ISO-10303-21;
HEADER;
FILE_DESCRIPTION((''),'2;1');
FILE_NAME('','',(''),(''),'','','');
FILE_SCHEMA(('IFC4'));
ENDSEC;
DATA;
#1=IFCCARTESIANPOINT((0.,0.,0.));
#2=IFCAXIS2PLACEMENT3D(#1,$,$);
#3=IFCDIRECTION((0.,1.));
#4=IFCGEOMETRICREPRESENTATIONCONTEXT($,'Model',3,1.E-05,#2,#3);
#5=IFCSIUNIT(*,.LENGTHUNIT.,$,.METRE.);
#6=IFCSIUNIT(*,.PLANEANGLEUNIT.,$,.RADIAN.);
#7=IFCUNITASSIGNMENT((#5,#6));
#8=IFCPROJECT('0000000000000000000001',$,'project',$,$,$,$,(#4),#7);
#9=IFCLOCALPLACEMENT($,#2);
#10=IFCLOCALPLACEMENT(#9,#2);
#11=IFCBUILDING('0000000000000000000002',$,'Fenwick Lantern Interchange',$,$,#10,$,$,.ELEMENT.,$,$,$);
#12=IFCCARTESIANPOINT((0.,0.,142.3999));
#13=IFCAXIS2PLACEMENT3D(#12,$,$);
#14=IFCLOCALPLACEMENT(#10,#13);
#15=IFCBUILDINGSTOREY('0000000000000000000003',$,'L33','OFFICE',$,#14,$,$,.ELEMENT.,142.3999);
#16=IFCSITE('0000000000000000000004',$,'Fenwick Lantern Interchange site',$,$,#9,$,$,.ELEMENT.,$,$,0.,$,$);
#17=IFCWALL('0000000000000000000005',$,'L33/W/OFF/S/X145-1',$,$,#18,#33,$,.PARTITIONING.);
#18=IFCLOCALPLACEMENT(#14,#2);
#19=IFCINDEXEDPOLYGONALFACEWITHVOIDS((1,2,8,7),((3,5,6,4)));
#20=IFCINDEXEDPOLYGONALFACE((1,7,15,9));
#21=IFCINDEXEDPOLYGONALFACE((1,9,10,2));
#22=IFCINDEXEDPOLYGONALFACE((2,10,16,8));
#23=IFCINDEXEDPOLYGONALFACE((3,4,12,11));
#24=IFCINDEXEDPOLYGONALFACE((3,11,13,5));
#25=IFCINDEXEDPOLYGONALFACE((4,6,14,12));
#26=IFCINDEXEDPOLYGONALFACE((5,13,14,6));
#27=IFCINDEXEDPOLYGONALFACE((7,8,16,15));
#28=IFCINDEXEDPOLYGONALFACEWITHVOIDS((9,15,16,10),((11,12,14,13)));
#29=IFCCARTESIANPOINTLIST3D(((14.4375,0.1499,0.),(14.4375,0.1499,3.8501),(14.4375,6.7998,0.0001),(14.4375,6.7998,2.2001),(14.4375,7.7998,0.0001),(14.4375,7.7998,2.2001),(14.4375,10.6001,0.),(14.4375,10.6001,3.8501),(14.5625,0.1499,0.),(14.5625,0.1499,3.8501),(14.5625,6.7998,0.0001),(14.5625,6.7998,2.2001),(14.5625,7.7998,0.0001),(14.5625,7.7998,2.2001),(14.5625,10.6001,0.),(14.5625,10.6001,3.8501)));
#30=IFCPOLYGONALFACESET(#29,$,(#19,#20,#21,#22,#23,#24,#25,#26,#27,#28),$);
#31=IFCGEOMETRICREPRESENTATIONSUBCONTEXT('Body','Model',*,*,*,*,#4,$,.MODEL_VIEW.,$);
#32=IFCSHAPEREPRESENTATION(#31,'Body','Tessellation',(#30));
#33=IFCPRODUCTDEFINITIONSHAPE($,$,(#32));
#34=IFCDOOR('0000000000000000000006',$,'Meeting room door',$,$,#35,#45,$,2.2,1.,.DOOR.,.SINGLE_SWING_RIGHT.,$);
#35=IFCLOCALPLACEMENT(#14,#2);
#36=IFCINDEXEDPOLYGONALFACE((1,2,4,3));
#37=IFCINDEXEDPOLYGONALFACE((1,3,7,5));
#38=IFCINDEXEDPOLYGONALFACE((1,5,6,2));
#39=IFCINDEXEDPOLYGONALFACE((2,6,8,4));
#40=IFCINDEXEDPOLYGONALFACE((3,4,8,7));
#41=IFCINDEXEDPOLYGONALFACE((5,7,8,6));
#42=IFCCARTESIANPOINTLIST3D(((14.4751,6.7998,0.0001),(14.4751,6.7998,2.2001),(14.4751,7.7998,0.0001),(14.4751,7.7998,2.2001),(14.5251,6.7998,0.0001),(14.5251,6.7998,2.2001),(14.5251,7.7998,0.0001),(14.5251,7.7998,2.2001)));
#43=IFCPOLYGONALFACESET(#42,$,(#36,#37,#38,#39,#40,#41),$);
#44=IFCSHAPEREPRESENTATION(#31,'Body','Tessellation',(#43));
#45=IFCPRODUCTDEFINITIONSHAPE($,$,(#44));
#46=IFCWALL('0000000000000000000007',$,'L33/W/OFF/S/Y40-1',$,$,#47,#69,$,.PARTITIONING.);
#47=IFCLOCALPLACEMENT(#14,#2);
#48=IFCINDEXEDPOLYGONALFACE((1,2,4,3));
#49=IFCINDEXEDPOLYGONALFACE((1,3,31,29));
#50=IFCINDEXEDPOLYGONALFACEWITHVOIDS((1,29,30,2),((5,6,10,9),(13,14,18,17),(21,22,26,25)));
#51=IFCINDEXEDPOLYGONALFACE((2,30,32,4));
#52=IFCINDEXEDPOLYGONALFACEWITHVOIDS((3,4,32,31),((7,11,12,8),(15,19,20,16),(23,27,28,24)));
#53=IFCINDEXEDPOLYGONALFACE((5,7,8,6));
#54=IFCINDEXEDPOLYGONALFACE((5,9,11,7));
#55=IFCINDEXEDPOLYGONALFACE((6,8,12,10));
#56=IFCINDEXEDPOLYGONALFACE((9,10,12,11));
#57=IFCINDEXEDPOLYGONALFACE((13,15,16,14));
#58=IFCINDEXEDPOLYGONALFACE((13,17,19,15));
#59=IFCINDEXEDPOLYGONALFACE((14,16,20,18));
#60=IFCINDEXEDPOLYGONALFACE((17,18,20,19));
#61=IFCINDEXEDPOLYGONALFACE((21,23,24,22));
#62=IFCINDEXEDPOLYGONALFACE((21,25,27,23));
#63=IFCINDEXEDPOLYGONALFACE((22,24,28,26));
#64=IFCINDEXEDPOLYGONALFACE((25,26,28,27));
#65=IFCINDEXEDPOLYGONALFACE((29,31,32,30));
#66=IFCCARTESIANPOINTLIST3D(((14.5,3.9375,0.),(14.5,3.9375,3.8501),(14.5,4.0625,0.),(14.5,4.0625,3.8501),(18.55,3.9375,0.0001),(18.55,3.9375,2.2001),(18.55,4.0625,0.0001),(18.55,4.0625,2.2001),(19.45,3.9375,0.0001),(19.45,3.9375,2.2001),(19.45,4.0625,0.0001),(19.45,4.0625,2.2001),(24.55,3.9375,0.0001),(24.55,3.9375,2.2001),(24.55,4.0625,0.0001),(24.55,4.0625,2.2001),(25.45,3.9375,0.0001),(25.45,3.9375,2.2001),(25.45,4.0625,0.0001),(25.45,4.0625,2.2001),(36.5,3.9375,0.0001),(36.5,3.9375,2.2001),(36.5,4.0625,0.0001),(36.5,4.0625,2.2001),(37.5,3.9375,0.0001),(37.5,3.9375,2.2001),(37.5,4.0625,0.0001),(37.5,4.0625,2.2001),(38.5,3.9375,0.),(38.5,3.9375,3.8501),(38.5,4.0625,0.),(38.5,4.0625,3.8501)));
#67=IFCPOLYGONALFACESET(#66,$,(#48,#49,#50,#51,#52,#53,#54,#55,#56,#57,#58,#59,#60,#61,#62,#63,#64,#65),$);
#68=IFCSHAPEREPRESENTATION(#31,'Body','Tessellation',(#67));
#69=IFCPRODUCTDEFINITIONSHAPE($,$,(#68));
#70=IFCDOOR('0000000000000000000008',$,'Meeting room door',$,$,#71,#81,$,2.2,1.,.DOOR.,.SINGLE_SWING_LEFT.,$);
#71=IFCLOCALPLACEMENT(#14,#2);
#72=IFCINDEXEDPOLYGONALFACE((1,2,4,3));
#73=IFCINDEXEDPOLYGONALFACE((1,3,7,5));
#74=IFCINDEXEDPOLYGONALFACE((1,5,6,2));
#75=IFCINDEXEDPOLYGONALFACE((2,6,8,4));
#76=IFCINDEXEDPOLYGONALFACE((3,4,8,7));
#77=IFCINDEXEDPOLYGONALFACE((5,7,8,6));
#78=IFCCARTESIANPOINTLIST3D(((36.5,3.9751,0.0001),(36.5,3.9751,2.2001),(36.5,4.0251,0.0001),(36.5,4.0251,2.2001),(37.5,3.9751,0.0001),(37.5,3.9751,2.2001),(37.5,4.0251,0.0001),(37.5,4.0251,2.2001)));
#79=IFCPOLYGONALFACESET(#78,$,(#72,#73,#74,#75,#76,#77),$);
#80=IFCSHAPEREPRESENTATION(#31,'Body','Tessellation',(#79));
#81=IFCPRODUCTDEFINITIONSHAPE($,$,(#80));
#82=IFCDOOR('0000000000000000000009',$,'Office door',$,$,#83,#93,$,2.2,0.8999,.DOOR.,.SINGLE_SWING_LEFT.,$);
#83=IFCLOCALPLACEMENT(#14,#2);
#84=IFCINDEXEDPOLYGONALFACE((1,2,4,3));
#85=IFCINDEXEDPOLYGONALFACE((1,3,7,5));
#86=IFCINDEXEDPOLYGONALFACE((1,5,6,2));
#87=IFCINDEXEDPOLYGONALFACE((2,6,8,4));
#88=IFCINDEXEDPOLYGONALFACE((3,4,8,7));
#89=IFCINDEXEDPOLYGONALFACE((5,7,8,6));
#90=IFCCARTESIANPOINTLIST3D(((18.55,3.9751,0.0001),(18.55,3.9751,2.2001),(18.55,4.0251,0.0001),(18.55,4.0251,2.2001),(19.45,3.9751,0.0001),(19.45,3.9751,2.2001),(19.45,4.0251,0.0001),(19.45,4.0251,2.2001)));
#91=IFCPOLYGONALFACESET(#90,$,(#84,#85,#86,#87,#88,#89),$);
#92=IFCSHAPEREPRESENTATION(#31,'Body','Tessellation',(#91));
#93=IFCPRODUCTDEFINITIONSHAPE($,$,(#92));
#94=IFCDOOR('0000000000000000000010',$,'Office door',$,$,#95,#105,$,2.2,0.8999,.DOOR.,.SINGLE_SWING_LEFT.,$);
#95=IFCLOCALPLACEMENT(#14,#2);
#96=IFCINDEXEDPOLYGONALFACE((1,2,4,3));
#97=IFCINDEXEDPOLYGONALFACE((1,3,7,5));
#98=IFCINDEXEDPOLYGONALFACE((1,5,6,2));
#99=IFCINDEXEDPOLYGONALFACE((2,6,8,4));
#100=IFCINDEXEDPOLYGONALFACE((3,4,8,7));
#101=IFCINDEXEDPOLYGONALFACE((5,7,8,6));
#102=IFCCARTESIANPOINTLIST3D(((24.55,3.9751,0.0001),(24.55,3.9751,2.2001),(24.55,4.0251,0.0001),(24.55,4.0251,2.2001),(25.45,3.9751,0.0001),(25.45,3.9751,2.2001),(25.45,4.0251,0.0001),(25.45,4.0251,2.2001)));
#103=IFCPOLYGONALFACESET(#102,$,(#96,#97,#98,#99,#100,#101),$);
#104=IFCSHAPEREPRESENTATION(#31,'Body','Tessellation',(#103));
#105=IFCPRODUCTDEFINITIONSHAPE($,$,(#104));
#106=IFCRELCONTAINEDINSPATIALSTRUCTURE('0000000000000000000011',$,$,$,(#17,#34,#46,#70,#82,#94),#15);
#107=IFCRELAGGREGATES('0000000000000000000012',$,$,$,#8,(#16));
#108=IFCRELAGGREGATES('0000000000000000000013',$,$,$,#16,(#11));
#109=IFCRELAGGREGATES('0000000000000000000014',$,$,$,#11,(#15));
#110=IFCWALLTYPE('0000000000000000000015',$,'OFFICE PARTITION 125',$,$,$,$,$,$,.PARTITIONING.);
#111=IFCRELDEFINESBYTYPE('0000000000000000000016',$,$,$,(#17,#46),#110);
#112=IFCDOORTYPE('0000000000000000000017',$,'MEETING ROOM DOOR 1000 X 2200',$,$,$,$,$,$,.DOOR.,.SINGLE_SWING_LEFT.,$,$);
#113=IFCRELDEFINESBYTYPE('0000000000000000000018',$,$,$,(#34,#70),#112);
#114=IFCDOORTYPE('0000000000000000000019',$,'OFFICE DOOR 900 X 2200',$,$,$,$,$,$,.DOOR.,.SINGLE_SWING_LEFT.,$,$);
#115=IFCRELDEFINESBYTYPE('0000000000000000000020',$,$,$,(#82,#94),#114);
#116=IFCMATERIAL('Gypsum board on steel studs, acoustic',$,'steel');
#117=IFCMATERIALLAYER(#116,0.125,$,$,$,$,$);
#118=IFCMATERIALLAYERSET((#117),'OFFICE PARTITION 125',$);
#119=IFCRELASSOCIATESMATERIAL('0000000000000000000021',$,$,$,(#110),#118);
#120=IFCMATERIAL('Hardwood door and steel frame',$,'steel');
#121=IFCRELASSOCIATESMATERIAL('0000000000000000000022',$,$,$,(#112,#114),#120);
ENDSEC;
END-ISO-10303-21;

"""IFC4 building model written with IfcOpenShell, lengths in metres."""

from ifc_helpers import new_model, si_unit, direction, frame, frame_2d, origin, place, context, subcontext, project, spatial, rectangle, extrude, material, layer, layer_set, type_object, element, fill, save


model = new_model("IFC4")

# Units and contexts
model_context = context("Model", 3, precision=1e-05, world=origin(), true_north=direction((0.0, 1.0)))
body_context = subcontext(model_context, "Body", "Model", "MODEL_VIEW")
ifc_project = project(units=[si_unit("LENGTHUNIT", "METRE"), si_unit("PLANEANGLEUNIT", "RADIAN")], contexts=[model_context])

# Site, building, storey
site_placement = place(None, origin())
site = spatial("IfcSite", under=ifc_project, at=site_placement, Name="Fenwick Lantern Interchange site", CompositionType="ELEMENT", RefElevation=0.0)
building_placement = place(site_placement, origin())
building = spatial("IfcBuilding", under=site, at=building_placement, Name="Fenwick Lantern Interchange", CompositionType="ELEMENT")
storey_placement = place(building_placement, frame((0.0, 0.0, 142.3999)))
storey = spatial("IfcBuildingStorey", under=building, at=storey_placement, Name="L33", Description="OFFICE", CompositionType="ELEMENT", Elevation=142.3999)

# Wall, opening, door
ifc_material_1 = material(Name="Gypsum board on steel studs, acoustic", Category="steel")
ifc_layer_1 = layer(ifc_material_1, 0.125)
ifc_layer_set_1 = layer_set([ifc_layer_1], Name="OFFICE PARTITION 125")
wall_type_1 = type_object("IfcWallType", Name="OFFICE PARTITION 125", PredefinedType="PARTITIONING", material=ifc_layer_set_1)
wall_1_placement = place(storey_placement, frame((14.5, 0.1499, 0.0), z_axis=(0.0, 0.0, 1.0), x_axis=(0.0, 1.0, 0.0)))
wall_1 = element("IfcWall", 1, at=wall_1_placement, inside=storey, type_object=wall_type_1, Name="L33/W/OFF/S/X145-1", PredefinedType="PARTITIONING", context=body_context, shape_type="SweptSolid", body=[
    extrude(rectangle(XDim=10.4502, YDim=0.125, at=frame_2d((5.2251, 0.0))), origin(), (0.0, 0.0, 1.0), 3.8501),
])
opening_1_placement = place(wall_1_placement, frame((6.6499, 0.0, 0.0)))
opening_1 = element("IfcOpeningElement", 2, at=opening_1_placement, cuts=wall_1, PredefinedType="OPENING", context=body_context, shape_type="SweptSolid", body=[
    extrude(rectangle(XDim=1.0, YDim=2.2, at=frame_2d((0.5, 1.1001))), frame((0.0, 0.0725, 0.0), z_axis=(0.0, -1.0, 0.0), x_axis=(1.0, 0.0, 0.0)), (0.0, 0.0, 1.0), 0.145),
])
ifc_material_2 = material(Name="Hardwood door and steel frame", Category="steel")
door_type_1 = type_object("IfcDoorType", Name="MEETING ROOM DOOR 1000 X 2200", OperationType="SINGLE_SWING_LEFT", PredefinedType="DOOR", material=ifc_material_2)
door_1_placement = place(opening_1_placement, origin())
door_1 = element("IfcDoor", 3, at=door_1_placement, inside=storey, type_object=door_type_1, Name="Meeting room door", OperationType="SINGLE_SWING_RIGHT", OverallHeight=2.2, OverallWidth=1.0, PredefinedType="DOOR", context=body_context, shape_type="SweptSolid", body=[
    extrude(rectangle(XDim=1.0, YDim=2.2, at=frame_2d((0.5, 1.1001))), frame((0.0, 0.0249, 0.0), z_axis=(0.0, -1.0, 0.0), x_axis=(1.0, 0.0, 0.0)), (0.0, 0.0, 1.0), 0.05),
])
fill(opening_1, door_1)

# Wall, openings, doors
wall_2_placement = place(storey_placement, frame((14.5, 4.0, 0.0), z_axis=(0.0, 0.0, 1.0), x_axis=(1.0, 0.0, 0.0)))
wall_2 = element("IfcWall", 4, at=wall_2_placement, inside=storey, type_object=wall_type_1, Name="L33/W/OFF/S/Y40-1", PredefinedType="PARTITIONING", context=body_context, shape_type="SweptSolid", body=[
    extrude(rectangle(XDim=24.0, YDim=0.125, at=frame_2d((12.0, 0.0))), origin(), (0.0, 0.0, 1.0), 3.8501),
])
opening_2_placement = place(wall_2_placement, frame((4.05, 0.0, 0.0)))
opening_2 = element("IfcOpeningElement", 5, at=opening_2_placement, cuts=wall_2, PredefinedType="OPENING", context=body_context, shape_type="SweptSolid", body=[
    extrude(rectangle(XDim=0.8999, YDim=2.2, at=frame_2d((0.45, 1.1001))), frame((0.0, 0.0725, 0.0), z_axis=(0.0, -1.0, 0.0), x_axis=(1.0, 0.0, 0.0)), (0.0, 0.0, 1.0), 0.145),
])
opening_3_placement = place(wall_2_placement, frame((10.05, 0.0, 0.0)))
opening_3 = element("IfcOpeningElement", 6, at=opening_3_placement, cuts=wall_2, PredefinedType="OPENING", context=body_context, shape_type="SweptSolid", body=[
    extrude(rectangle(XDim=0.8999, YDim=2.2, at=frame_2d((0.45, 1.1001))), frame((0.0, 0.0725, 0.0), z_axis=(0.0, -1.0, 0.0), x_axis=(1.0, 0.0, 0.0)), (0.0, 0.0, 1.0), 0.145),
])
opening_4_placement = place(wall_2_placement, frame((22.0, 0.0, 0.0)))
opening_4 = element("IfcOpeningElement", 7, at=opening_4_placement, cuts=wall_2, PredefinedType="OPENING", context=body_context, shape_type="SweptSolid", body=[
    extrude(rectangle(XDim=1.0, YDim=2.2, at=frame_2d((0.5, 1.1001))), frame((0.0, 0.0725, 0.0), z_axis=(0.0, -1.0, 0.0), x_axis=(1.0, 0.0, 0.0)), (0.0, 0.0, 1.0), 0.145),
])
door_2_placement = place(opening_4_placement, frame((1.0, 0.0, 0.0), z_axis=(0.0, 0.0, 1.0), x_axis=(-1.0, 0.0, 0.0)))
door_2 = element("IfcDoor", 8, at=door_2_placement, inside=storey, type_object=door_type_1, Name="Meeting room door", OperationType="SINGLE_SWING_LEFT", OverallHeight=2.2, OverallWidth=1.0, PredefinedType="DOOR", context=body_context, shape_type="SweptSolid", body=[
    extrude(rectangle(XDim=1.0, YDim=2.2, at=frame_2d((0.5, 1.1001))), frame((0.0, 0.0249, 0.0), z_axis=(0.0, -1.0, 0.0), x_axis=(1.0, 0.0, 0.0)), (0.0, 0.0, 1.0), 0.05),
])
fill(opening_4, door_2)
door_type_2 = type_object("IfcDoorType", Name="OFFICE DOOR 900 X 2200", OperationType="SINGLE_SWING_LEFT", PredefinedType="DOOR", material=ifc_material_2)
door_3_placement = place(opening_2_placement, frame((0.8999, 0.0, 0.0), z_axis=(0.0, 0.0, 1.0), x_axis=(-1.0, 0.0, 0.0)))
door_3 = element("IfcDoor", 9, at=door_3_placement, inside=storey, type_object=door_type_2, Name="Office door", OperationType="SINGLE_SWING_LEFT", OverallHeight=2.2, OverallWidth=0.8999, PredefinedType="DOOR", context=body_context, shape_type="SweptSolid", body=[
    extrude(rectangle(XDim=0.8999, YDim=2.2, at=frame_2d((0.45, 1.1001))), frame((0.0, 0.0249, 0.0), z_axis=(0.0, -1.0, 0.0), x_axis=(1.0, 0.0, 0.0)), (0.0, 0.0, 1.0), 0.05),
])
fill(opening_2, door_3)
door_4_placement = place(opening_3_placement, frame((0.8999, 0.0, 0.0), z_axis=(0.0, 0.0, 1.0), x_axis=(-1.0, 0.0, 0.0)))
door_4 = element("IfcDoor", 10, at=door_4_placement, inside=storey, type_object=door_type_2, Name="Office door", OperationType="SINGLE_SWING_LEFT", OverallHeight=2.2, OverallWidth=0.8999, PredefinedType="DOOR", context=body_context, shape_type="SweptSolid", body=[
    extrude(rectangle(XDim=0.8999, YDim=2.2, at=frame_2d((0.45, 1.1001))), frame((0.0, 0.0249, 0.0), z_axis=(0.0, -1.0, 0.0), x_axis=(1.0, 0.0, 0.0)), (0.0, 0.0, 1.0), 0.05),
])
fill(opening_3, door_4)

save(model, "model.ifc")
